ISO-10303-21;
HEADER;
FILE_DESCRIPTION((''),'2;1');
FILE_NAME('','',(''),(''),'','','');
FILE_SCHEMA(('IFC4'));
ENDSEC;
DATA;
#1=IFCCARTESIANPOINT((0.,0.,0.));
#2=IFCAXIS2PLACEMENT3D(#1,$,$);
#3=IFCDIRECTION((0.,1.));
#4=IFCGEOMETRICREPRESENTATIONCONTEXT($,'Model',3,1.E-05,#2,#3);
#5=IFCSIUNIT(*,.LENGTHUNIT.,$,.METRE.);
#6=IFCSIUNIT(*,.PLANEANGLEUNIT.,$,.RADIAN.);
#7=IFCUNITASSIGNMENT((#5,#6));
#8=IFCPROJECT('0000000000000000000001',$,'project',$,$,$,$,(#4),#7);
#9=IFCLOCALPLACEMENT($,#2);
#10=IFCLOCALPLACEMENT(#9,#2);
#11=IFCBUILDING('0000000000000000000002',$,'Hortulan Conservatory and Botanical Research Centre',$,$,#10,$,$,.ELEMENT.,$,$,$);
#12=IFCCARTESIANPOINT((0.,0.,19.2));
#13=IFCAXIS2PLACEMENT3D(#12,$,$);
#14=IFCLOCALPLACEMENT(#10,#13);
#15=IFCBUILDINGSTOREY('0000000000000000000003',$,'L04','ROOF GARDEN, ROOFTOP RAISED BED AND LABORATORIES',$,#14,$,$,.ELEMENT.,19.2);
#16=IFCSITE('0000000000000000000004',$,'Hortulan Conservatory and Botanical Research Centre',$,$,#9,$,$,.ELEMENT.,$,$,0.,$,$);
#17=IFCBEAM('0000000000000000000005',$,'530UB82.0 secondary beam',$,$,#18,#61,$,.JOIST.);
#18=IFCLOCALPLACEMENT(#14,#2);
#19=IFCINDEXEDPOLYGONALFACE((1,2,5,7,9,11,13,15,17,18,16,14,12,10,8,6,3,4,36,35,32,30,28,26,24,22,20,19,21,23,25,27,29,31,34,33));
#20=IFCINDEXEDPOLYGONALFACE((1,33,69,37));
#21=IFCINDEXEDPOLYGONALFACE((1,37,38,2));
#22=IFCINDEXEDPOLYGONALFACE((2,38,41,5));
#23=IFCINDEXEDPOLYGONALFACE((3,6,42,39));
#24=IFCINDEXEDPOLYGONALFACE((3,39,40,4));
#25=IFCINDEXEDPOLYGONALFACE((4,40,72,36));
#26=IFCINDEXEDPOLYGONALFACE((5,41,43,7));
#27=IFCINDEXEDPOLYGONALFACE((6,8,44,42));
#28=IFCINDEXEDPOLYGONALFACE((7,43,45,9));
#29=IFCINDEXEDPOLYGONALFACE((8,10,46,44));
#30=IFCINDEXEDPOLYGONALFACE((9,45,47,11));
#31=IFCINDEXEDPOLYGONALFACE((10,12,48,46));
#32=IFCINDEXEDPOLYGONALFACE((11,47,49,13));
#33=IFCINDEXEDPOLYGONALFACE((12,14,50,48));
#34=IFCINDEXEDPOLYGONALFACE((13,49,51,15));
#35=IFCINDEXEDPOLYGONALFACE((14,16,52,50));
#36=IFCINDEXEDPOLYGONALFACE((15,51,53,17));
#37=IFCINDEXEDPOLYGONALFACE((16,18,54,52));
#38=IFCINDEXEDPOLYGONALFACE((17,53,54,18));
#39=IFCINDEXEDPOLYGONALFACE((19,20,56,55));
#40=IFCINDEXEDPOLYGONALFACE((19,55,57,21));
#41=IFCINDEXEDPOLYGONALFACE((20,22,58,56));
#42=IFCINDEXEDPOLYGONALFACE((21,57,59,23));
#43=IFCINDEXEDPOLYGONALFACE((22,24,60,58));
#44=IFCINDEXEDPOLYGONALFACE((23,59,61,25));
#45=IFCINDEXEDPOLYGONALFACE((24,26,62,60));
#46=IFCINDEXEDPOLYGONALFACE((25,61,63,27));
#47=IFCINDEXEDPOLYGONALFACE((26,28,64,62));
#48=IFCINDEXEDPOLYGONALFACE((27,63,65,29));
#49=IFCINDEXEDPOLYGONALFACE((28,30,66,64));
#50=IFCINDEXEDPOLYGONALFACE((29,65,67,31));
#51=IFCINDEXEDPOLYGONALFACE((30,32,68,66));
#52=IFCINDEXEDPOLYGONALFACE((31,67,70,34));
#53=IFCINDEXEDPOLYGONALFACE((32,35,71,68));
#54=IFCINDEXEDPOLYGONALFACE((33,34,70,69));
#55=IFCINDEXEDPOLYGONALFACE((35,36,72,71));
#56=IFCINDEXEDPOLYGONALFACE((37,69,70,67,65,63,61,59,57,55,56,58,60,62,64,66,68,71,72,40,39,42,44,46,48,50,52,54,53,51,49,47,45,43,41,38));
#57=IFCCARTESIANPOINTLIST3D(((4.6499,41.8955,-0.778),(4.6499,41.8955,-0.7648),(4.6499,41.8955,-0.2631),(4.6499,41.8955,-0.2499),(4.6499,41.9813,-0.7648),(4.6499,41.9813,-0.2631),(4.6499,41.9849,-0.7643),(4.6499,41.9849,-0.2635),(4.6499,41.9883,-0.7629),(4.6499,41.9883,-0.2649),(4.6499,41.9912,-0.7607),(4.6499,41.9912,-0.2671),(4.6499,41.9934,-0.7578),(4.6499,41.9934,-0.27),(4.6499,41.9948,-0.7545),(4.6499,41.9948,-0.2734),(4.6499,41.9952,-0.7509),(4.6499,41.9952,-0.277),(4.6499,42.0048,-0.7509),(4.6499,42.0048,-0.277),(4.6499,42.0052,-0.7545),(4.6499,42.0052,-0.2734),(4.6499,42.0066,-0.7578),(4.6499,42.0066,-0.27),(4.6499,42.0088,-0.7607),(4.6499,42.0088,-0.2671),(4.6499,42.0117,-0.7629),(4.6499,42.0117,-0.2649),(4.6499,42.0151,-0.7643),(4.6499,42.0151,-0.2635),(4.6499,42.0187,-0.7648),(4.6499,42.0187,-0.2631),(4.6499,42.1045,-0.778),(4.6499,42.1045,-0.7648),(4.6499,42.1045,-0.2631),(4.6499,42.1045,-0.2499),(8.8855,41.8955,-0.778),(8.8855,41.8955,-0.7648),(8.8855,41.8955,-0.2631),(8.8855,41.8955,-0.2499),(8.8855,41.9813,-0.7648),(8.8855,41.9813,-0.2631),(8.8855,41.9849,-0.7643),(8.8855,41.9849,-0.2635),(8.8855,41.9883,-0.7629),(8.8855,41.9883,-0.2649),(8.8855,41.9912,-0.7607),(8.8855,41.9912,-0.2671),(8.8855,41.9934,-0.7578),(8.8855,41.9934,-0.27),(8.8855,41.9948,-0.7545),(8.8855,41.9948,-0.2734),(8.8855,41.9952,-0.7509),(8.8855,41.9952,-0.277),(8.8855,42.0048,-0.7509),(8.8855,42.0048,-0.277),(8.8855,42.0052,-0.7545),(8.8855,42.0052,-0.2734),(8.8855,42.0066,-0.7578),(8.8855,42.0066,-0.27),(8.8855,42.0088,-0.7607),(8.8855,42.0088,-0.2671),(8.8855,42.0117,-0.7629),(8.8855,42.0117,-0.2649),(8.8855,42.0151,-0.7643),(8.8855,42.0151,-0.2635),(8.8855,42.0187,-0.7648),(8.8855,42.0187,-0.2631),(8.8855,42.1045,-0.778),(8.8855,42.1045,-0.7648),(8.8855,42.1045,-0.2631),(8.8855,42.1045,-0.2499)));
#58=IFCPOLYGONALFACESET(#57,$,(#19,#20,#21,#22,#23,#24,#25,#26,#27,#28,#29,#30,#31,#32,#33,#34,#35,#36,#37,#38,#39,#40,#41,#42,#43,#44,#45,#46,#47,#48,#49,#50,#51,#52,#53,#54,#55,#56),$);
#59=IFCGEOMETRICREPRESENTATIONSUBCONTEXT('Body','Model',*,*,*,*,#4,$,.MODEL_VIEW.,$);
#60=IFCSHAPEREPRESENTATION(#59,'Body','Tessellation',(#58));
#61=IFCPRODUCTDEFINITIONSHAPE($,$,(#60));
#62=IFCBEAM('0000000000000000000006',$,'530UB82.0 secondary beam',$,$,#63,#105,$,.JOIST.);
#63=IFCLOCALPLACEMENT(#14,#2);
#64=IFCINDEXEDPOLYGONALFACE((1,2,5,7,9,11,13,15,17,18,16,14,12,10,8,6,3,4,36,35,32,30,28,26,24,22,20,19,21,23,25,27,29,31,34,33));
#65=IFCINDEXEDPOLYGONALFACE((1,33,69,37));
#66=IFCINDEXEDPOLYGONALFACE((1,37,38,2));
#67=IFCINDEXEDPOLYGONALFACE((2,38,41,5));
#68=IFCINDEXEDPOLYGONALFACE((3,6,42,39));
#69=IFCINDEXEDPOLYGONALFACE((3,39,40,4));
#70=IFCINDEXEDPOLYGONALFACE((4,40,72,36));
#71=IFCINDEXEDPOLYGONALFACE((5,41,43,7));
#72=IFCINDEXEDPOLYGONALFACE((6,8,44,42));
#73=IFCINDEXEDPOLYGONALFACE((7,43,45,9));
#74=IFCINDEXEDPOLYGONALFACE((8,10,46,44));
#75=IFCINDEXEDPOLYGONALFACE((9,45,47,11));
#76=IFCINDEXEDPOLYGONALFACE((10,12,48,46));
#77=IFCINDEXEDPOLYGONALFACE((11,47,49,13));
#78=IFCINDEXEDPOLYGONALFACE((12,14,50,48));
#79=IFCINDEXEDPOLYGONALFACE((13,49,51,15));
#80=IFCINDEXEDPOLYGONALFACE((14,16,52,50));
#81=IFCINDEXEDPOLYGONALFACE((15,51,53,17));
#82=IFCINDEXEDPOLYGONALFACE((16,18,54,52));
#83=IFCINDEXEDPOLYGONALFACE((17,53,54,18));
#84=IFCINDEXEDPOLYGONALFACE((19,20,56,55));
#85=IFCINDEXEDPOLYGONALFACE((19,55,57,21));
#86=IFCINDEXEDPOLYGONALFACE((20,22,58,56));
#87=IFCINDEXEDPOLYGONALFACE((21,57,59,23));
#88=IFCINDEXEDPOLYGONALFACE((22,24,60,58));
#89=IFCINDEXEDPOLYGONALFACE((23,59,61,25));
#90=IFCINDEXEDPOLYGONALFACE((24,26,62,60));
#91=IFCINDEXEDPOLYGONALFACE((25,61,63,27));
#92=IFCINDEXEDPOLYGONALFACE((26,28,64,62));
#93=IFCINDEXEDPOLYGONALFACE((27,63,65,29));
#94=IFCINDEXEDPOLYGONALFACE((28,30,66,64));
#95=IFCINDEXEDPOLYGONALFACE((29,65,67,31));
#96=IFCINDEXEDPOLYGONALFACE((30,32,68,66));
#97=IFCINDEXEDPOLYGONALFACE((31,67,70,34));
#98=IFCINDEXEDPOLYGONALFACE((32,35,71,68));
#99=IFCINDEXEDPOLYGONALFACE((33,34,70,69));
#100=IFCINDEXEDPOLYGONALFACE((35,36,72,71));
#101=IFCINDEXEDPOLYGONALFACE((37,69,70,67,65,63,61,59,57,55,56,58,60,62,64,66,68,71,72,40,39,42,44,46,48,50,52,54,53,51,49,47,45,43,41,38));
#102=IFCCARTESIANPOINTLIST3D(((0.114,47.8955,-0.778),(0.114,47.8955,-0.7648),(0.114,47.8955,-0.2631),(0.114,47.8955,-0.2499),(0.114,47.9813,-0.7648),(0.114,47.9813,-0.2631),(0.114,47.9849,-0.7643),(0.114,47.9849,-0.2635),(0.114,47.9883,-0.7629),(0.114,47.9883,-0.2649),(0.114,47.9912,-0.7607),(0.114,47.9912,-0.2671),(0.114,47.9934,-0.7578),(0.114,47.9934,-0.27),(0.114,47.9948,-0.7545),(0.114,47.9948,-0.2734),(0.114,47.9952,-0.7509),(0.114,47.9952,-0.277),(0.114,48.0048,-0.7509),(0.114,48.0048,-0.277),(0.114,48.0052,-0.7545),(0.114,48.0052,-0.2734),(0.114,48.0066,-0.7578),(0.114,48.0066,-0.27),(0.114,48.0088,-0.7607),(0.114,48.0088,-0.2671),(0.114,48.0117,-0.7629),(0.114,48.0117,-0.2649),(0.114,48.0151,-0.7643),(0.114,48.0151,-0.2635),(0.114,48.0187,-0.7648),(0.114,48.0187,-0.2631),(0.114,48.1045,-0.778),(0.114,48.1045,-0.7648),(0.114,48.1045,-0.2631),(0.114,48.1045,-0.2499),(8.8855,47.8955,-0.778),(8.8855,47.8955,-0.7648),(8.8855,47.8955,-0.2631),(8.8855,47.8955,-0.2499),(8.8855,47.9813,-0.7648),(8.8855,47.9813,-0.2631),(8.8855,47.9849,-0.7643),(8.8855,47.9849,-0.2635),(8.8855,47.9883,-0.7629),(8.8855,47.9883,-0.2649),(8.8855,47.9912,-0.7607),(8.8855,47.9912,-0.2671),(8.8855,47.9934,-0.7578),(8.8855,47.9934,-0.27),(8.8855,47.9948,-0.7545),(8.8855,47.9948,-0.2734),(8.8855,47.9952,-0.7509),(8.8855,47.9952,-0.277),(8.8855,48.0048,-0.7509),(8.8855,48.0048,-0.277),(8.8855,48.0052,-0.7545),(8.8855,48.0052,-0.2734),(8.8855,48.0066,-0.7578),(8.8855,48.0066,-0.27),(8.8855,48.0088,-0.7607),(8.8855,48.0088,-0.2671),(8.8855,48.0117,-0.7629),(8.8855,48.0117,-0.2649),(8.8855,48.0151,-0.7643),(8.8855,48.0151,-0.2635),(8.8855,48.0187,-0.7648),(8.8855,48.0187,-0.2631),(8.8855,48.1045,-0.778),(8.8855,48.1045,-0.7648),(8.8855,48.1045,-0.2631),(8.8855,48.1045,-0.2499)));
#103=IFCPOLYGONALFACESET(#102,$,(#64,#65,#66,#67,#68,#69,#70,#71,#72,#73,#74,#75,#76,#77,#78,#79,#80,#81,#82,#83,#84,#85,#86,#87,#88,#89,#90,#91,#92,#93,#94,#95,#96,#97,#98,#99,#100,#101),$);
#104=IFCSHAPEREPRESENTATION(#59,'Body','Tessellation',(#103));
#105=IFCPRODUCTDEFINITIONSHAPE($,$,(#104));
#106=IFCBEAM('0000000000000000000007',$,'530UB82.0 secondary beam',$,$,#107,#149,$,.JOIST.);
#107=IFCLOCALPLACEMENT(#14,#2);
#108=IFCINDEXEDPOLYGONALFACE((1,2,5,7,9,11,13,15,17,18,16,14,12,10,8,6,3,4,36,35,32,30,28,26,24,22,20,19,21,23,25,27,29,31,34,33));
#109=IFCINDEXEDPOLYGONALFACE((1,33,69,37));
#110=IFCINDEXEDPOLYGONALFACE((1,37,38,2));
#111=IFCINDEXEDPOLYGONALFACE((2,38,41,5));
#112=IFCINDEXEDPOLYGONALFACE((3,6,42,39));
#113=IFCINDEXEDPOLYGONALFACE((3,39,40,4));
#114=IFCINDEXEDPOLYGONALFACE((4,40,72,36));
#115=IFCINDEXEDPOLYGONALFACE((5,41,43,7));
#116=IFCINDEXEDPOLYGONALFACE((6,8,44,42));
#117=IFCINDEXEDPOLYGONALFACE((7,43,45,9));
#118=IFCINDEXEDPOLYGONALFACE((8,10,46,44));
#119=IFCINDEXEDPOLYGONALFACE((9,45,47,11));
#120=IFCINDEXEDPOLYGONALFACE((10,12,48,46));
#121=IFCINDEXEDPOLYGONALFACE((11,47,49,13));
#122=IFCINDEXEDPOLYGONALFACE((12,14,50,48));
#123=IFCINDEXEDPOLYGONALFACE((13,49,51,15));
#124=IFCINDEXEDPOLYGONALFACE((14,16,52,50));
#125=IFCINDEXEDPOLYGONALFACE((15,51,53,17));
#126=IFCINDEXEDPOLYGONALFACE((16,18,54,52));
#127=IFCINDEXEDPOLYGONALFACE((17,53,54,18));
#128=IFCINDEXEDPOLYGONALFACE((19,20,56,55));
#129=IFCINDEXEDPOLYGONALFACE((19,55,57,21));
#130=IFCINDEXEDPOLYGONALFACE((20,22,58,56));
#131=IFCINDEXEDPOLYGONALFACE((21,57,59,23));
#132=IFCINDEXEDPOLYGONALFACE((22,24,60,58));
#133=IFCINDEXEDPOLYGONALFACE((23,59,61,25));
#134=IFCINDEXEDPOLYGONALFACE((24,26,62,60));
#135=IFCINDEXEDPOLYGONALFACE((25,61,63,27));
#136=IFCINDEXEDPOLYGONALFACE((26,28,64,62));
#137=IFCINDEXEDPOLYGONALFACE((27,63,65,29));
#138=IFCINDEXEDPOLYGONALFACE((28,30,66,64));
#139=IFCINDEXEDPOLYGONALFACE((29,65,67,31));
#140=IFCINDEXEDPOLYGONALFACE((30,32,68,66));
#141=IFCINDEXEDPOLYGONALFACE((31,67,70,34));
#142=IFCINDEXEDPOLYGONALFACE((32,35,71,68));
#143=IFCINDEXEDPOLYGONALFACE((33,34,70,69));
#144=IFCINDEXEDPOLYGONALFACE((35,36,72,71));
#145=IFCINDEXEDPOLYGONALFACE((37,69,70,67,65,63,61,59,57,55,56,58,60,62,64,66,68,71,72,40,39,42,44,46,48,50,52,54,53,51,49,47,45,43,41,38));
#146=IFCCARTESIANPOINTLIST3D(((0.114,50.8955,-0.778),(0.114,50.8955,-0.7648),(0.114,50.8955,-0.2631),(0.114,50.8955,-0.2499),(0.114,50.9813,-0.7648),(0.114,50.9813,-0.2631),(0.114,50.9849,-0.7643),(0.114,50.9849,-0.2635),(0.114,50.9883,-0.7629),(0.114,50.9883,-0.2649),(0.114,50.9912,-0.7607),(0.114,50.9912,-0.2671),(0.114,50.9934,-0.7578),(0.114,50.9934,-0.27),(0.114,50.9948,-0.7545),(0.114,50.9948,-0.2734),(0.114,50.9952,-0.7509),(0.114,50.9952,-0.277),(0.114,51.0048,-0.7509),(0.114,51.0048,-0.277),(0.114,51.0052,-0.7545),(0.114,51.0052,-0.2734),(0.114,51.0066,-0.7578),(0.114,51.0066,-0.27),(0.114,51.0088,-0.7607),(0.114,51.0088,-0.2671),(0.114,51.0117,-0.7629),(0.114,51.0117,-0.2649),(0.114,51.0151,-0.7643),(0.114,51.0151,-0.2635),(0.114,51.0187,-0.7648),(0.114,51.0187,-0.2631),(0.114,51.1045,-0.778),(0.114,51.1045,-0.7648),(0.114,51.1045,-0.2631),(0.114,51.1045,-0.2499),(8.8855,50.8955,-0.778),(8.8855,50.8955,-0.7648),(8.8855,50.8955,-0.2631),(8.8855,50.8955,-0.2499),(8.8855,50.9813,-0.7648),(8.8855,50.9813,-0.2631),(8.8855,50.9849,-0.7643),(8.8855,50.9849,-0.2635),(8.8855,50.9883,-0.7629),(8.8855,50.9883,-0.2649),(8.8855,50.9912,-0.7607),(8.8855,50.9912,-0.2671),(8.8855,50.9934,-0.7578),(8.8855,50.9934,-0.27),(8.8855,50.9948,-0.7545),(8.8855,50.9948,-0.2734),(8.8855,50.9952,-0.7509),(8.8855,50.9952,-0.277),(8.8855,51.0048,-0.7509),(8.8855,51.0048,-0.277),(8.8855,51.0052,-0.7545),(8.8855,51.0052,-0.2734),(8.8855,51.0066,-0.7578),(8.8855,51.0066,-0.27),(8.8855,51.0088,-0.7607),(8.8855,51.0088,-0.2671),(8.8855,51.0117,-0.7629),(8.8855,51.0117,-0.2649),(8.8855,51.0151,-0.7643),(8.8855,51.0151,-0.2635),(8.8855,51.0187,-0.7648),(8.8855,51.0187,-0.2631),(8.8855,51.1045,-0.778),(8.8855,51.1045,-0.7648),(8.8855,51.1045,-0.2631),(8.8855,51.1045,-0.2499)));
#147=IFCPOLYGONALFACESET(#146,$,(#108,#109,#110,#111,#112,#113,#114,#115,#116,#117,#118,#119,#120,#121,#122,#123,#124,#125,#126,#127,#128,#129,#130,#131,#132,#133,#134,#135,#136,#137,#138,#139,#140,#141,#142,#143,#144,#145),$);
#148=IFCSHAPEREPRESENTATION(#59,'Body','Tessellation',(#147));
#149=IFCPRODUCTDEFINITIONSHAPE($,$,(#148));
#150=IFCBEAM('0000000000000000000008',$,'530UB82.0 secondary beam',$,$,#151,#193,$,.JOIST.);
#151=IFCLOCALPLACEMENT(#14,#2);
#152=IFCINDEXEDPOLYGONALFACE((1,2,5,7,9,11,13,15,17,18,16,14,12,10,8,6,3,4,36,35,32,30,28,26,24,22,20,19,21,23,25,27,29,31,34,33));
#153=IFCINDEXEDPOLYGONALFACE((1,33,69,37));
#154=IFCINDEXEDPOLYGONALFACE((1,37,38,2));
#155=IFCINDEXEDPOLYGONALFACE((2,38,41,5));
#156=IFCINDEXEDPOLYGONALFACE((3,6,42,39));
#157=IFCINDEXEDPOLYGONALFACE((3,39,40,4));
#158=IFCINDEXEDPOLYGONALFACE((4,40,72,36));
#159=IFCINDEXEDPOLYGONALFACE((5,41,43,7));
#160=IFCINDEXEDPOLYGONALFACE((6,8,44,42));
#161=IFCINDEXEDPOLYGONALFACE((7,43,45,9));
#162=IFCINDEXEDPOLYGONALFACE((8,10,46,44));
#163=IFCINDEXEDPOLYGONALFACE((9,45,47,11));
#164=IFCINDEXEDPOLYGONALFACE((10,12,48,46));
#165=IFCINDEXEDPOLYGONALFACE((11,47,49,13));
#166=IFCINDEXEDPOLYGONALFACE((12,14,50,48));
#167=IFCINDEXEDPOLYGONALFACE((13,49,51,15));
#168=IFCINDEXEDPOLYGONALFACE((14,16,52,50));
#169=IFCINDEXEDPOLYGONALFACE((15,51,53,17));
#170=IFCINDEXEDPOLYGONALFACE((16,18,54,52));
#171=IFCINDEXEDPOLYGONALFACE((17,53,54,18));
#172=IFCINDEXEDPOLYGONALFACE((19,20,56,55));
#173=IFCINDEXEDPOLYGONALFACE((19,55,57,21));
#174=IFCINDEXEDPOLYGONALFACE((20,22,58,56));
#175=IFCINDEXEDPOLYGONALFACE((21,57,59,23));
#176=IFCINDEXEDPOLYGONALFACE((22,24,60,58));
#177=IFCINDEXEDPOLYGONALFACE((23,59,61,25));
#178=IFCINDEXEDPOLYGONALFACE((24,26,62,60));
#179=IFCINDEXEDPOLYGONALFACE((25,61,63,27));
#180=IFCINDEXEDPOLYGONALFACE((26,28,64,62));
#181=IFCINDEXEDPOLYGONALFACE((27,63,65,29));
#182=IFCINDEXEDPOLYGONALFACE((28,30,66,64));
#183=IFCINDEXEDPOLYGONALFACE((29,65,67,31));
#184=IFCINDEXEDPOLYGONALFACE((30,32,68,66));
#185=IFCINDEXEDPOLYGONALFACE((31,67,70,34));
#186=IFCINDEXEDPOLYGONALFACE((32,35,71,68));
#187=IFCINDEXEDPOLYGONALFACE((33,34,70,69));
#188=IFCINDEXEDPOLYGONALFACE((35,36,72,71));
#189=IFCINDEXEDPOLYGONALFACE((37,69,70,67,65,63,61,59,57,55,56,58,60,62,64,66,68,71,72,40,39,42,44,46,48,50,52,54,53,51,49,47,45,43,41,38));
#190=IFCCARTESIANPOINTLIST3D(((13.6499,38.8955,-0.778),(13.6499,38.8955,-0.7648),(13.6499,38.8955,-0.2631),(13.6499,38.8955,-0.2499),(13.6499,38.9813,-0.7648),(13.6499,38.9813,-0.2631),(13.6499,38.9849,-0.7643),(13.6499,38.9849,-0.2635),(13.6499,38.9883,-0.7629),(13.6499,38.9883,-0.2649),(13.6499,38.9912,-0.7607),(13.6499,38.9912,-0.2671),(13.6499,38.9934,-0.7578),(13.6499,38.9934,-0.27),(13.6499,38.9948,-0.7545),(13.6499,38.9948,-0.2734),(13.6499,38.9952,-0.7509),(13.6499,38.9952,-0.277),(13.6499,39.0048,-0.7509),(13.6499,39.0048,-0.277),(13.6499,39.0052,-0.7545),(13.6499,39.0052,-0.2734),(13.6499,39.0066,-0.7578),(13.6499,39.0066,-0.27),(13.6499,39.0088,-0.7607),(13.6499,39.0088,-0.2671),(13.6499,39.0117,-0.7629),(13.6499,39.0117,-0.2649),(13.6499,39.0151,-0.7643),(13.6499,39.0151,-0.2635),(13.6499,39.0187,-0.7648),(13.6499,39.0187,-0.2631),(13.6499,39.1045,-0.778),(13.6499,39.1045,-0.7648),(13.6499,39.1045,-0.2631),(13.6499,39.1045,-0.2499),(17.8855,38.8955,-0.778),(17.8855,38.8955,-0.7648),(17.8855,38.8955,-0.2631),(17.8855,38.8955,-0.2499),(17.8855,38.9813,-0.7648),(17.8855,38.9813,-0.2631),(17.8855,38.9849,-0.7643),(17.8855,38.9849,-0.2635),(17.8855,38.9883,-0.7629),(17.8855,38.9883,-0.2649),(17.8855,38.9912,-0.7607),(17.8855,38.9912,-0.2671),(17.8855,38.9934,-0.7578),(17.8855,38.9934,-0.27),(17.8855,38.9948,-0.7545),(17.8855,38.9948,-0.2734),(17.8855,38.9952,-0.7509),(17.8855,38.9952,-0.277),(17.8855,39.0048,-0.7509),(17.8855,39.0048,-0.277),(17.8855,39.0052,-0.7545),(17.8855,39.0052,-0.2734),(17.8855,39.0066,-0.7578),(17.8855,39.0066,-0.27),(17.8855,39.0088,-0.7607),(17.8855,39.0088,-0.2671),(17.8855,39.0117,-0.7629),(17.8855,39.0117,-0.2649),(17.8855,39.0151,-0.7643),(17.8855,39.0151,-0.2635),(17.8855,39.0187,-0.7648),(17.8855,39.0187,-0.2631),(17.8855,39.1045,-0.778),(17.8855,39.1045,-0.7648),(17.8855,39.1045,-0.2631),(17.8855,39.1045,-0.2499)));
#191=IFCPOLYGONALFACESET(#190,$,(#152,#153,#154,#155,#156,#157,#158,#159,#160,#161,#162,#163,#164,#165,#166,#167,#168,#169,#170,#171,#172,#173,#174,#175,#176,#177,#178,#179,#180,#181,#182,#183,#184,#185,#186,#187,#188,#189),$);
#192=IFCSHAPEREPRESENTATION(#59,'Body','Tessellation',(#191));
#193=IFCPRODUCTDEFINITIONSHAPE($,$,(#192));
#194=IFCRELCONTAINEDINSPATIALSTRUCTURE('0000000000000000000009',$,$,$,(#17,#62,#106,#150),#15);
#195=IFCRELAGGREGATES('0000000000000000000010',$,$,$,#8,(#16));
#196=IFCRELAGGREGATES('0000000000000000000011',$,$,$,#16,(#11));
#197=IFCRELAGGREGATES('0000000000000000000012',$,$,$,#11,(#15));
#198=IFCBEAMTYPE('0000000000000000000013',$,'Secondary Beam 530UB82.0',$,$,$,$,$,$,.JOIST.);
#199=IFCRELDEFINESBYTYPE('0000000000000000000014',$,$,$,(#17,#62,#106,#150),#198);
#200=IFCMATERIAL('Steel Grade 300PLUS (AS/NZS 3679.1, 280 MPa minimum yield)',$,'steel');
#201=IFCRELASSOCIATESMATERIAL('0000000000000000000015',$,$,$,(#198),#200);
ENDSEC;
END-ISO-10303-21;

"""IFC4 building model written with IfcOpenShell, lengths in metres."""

from ifc_helpers import new_model, si_unit, direction, frame, origin, origin_2d, place, context, subcontext, project, spatial, i_section, extrude, material, material_profile, profile_set, type_object, element, save


model = new_model("IFC4")

# Units and contexts
model_context = context("Model", 3, precision=1e-05, world=origin(), true_north=direction((0.0, 1.0)))
body_context = subcontext(model_context, "Body", "Model", "MODEL_VIEW")
ifc_project = project(units=[si_unit("LENGTHUNIT", "METRE"), si_unit("PLANEANGLEUNIT", "RADIAN")], contexts=[model_context])

# Site, building, storey
site_placement = place(None, origin())
site = spatial("IfcSite", under=ifc_project, at=site_placement, Name="Hortulan Conservatory and Botanical Research Centre", CompositionType="ELEMENT", RefElevation=0.0)
building_placement = place(site_placement, origin())
building = spatial("IfcBuilding", under=site, at=building_placement, Name="Hortulan Conservatory and Botanical Research Centre", CompositionType="ELEMENT")
storey_placement = place(building_placement, frame((0.0, 0.0, 19.2)))
storey = spatial("IfcBuildingStorey", under=building, at=storey_placement, Name="L04", Description="ROOF GARDEN, ROOFTOP RAISED BED AND LABORATORIES", CompositionType="ELEMENT", Elevation=19.2)

# Beams
ifc_material_1 = material(Name="Steel Grade 300PLUS (AS/NZS 3679.1, 280 MPa minimum yield)", Category="steel")
ifc_material_profile_1 = material_profile(ifc_material_1, i_section(OverallWidth=0.209, OverallDepth=0.5281, WebThickness=0.0095, FlangeThickness=0.0132, FilletRadius=0.0139, at=origin_2d()), Name="530UB82.0")
ifc_profile_set_1 = profile_set([ifc_material_profile_1], Name="Steel Grade 300PLUS (AS/NZS 3679.1, 280 MPa minimum yield)")
beam_type_1 = type_object("IfcBeamType", Name="Secondary Beam 530UB82.0", PredefinedType="JOIST", material=ifc_profile_set_1)
beam_1_placement = place(storey_placement, frame((4.6499, 42.0, -0.5139), z_axis=(1.0, 0.0, 0.0), x_axis=(0.0, 1.0, 0.0)))
element("IfcBeam", 1, at=beam_1_placement, inside=storey, type_object=beam_type_1, Name="530UB82.0 secondary beam", PredefinedType="JOIST", context=body_context, shape_type="SweptSolid", body=[
    extrude(i_section(OverallWidth=0.209, OverallDepth=0.5281, WebThickness=0.0095, FlangeThickness=0.0132, FilletRadius=0.0139, at=origin_2d()), origin(), (0.0, 0.0, 1.0), 4.2356),
])
for number, where, z_axis, x_axis, name in (
    (2, (0.114, 48.0, -0.5139), (1.0, 0.0, 0.0), (0.0, 1.0, 0.0), "530UB82.0 secondary beam"),
    (3, (0.114, 51.0, -0.5139), (1.0, 0.0, 0.0), (0.0, 1.0, 0.0), "530UB82.0 secondary beam"),
):
    element("IfcBeam", number, at=place(storey_placement, frame(where, z_axis=z_axis, x_axis=x_axis)), inside=storey, type_object=beam_type_1, Name=name, PredefinedType="JOIST", context=body_context, shape_type="SweptSolid", body=[
        extrude(i_section(OverallWidth=0.209, OverallDepth=0.5281, WebThickness=0.0095, FlangeThickness=0.0132, FilletRadius=0.0139, at=origin_2d()), origin(), (0.0, 0.0, 1.0), 8.7715),
    ])
beam_2_placement = place(storey_placement, frame((13.6499, 39.0, -0.5139), z_axis=(1.0, 0.0, 0.0), x_axis=(0.0, 1.0, 0.0)))
element("IfcBeam", 4, at=beam_2_placement, inside=storey, type_object=beam_type_1, Name="530UB82.0 secondary beam", PredefinedType="JOIST", context=body_context, shape_type="SweptSolid", body=[
    extrude(i_section(OverallWidth=0.209, OverallDepth=0.5281, WebThickness=0.0095, FlangeThickness=0.0132, FilletRadius=0.0139, at=origin_2d()), origin(), (0.0, 0.0, 1.0), 4.2356),
])

save(model, "model.ifc")
